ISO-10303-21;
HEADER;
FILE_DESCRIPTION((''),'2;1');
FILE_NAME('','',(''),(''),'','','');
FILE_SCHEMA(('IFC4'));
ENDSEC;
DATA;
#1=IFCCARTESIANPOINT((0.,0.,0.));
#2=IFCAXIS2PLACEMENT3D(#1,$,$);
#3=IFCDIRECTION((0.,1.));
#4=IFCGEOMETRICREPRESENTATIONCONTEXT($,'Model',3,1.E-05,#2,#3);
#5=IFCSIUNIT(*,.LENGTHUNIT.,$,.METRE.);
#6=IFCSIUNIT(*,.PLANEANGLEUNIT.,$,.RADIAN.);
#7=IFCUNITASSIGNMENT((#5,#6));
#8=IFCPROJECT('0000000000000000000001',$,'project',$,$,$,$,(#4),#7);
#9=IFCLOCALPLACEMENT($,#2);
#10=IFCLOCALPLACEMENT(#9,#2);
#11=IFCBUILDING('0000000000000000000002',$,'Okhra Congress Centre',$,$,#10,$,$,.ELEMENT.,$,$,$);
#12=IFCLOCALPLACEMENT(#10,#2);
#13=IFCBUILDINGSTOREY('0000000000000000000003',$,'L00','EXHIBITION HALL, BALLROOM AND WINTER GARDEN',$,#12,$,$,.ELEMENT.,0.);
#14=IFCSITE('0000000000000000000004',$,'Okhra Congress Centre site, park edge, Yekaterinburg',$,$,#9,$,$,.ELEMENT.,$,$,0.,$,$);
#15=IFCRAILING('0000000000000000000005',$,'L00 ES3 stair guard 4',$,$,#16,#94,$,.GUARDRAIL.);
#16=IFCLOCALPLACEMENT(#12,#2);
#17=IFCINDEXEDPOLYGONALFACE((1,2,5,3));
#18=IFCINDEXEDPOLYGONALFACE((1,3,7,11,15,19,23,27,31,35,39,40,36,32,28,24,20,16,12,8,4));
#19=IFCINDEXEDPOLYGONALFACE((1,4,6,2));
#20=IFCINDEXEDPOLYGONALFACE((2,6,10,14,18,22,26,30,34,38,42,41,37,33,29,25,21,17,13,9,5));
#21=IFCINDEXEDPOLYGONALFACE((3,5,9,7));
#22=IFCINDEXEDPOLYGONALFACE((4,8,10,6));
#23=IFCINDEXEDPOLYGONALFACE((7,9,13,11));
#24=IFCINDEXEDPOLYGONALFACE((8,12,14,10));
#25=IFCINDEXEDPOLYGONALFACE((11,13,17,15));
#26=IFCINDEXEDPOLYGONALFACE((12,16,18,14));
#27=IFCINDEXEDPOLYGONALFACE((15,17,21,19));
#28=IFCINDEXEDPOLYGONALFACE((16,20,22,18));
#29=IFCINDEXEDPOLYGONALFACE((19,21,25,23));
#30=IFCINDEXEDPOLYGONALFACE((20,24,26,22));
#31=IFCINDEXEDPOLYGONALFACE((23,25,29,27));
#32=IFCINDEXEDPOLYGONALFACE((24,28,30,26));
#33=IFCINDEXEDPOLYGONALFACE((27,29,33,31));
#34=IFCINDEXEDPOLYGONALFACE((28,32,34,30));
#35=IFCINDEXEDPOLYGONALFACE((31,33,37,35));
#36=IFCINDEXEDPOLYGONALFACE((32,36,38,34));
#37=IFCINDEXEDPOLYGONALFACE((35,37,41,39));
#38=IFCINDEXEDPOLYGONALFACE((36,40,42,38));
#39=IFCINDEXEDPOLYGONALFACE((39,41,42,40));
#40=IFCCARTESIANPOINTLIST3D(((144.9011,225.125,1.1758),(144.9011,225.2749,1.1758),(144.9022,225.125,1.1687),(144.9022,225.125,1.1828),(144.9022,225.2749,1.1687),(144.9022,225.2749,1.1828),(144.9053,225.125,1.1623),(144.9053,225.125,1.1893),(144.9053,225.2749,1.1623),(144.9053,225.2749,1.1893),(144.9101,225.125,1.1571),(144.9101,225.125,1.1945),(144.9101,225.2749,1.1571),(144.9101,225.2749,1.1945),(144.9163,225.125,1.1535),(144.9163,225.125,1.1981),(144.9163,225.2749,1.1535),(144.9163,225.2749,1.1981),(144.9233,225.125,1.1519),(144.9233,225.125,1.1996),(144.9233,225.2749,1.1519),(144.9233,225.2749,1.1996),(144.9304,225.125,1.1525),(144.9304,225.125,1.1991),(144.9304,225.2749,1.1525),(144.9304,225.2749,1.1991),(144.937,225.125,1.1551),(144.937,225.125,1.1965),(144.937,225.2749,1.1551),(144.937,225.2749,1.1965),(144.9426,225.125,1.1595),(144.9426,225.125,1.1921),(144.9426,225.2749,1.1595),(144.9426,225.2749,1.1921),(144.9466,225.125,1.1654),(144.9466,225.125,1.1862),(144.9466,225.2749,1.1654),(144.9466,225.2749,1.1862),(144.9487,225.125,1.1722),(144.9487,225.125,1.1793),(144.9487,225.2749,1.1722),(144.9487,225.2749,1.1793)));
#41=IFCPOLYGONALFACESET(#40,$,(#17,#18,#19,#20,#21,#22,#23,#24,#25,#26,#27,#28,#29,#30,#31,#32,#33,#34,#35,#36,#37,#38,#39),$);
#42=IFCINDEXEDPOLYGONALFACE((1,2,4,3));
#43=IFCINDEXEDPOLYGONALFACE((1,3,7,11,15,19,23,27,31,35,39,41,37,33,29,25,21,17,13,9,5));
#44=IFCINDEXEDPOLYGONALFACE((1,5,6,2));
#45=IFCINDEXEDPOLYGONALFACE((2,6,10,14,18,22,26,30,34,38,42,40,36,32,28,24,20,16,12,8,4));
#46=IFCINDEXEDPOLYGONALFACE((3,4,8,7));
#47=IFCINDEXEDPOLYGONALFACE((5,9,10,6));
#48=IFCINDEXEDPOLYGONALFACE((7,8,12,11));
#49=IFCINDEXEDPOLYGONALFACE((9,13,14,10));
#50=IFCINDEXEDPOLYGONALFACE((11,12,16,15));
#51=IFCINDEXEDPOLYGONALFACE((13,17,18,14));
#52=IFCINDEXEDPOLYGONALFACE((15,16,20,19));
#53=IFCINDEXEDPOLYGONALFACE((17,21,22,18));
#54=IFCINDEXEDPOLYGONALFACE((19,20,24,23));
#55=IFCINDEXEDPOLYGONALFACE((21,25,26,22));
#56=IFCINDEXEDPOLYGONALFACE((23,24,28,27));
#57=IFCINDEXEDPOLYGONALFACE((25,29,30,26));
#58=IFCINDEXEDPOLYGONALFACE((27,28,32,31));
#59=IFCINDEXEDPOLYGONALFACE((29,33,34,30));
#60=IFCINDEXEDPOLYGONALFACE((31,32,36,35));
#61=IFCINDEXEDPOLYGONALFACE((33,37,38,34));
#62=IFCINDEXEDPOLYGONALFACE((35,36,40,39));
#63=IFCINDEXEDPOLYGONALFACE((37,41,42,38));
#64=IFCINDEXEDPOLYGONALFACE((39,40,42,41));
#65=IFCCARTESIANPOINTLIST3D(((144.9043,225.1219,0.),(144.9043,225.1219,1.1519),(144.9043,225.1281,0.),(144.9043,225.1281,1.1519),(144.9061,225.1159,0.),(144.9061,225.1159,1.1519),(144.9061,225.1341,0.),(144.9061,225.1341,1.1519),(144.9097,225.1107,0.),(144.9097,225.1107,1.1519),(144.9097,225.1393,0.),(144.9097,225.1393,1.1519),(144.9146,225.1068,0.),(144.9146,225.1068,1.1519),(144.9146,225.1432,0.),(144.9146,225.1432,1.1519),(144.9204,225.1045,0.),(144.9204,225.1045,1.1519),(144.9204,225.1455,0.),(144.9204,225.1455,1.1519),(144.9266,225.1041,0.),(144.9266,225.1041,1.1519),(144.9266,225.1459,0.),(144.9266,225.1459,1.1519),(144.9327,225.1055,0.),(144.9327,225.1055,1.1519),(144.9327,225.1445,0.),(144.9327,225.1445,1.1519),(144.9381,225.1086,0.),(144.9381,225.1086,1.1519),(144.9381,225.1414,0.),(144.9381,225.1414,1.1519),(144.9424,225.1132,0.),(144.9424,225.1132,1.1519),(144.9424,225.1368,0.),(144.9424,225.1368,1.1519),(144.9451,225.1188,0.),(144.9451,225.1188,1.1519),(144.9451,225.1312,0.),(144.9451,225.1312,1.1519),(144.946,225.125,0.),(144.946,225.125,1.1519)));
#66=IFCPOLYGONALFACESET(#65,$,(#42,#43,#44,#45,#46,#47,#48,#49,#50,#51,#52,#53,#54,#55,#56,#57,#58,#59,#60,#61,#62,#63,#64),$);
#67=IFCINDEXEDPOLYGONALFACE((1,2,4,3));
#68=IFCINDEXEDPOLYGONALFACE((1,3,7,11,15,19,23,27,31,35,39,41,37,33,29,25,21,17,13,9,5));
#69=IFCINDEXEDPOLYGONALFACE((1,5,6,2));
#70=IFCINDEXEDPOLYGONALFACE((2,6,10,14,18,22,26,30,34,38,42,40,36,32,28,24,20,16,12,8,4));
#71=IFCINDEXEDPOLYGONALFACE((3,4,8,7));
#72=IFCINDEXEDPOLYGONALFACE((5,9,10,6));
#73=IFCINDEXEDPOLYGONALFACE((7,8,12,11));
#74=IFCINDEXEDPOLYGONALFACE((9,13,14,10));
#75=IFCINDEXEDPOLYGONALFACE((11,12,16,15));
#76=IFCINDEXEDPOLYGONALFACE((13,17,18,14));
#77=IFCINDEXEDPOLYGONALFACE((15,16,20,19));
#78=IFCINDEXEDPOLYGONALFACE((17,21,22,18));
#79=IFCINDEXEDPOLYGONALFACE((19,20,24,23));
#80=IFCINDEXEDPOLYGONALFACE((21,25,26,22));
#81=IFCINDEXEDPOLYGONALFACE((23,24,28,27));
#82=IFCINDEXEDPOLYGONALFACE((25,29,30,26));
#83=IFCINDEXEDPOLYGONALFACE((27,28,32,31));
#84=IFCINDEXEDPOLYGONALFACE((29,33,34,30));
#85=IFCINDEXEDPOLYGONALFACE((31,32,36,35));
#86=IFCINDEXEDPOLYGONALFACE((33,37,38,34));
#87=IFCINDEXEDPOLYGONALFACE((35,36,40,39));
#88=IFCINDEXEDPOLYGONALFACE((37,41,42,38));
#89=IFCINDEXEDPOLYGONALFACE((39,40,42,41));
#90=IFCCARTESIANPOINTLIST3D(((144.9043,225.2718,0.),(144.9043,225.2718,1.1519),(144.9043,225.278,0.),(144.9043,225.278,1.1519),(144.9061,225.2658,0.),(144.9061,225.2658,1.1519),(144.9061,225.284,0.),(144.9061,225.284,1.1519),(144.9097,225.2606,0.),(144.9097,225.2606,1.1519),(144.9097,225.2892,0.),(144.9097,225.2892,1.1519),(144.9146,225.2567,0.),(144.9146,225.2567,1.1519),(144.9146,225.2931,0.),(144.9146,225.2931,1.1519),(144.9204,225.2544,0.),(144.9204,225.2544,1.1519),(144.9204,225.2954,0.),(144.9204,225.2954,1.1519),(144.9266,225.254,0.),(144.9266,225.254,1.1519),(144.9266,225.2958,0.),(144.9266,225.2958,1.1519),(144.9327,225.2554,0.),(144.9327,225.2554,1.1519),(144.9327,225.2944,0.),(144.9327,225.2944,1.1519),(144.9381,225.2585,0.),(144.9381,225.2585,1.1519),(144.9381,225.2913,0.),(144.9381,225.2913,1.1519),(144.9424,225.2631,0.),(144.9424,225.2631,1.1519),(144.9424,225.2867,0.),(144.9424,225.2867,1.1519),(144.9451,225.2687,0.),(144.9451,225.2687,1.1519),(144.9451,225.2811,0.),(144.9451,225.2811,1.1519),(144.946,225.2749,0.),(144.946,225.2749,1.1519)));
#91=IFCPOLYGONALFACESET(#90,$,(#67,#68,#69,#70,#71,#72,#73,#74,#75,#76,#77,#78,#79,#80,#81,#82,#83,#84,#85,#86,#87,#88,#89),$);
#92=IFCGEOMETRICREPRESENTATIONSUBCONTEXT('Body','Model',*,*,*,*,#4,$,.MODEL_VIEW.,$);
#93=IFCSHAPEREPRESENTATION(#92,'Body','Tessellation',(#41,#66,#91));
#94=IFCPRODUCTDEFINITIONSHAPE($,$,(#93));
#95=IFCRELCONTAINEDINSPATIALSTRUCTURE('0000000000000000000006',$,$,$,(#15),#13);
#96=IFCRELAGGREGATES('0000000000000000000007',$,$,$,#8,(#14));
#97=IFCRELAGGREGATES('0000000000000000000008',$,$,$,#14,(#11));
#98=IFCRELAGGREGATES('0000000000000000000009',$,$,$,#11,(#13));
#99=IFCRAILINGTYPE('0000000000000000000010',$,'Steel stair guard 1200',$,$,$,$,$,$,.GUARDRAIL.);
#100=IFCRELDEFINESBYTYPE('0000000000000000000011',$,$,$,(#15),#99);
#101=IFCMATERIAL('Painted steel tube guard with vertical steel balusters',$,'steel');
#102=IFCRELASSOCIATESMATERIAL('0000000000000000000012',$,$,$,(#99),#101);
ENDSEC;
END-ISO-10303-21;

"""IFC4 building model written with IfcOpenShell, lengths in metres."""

from ifc_helpers import new_model, si_unit, direction, frame, origin, origin_2d, place, context, subcontext, project, spatial, circle, extrude, material, type_object, element, save


model = new_model("IFC4")

# Units and contexts
model_context = context("Model", 3, precision=1e-05, world=origin(), true_north=direction((0.0, 1.0)))
body_context = subcontext(model_context, "Body", "Model", "MODEL_VIEW")
ifc_project = project(units=[si_unit("LENGTHUNIT", "METRE"), si_unit("PLANEANGLEUNIT", "RADIAN")], contexts=[model_context])

# Site, building, storey
site_placement = place(None, origin())
site = spatial("IfcSite", under=ifc_project, at=site_placement, Name="Okhra Congress Centre site, park edge, Yekaterinburg", CompositionType="ELEMENT", RefElevation=0.0)
building_placement = place(site_placement, origin())
building = spatial("IfcBuilding", under=site, at=building_placement, Name="Okhra Congress Centre", CompositionType="ELEMENT")
storey_placement = place(building_placement, origin())
storey = spatial("IfcBuildingStorey", under=building, at=storey_placement, Name="L00", Description="EXHIBITION HALL, BALLROOM AND WINTER GARDEN", CompositionType="ELEMENT", Elevation=0.0)

# Railing
ifc_material_1 = material(Name="Painted steel tube guard with vertical steel balusters", Category="steel")
railing_type_1 = type_object("IfcRailingType", Name="Steel stair guard 1200", PredefinedType="GUARDRAIL", material=ifc_material_1)
railing_1_placement = place(storey_placement, frame((144.925, 225.125, 0.0)))
element("IfcRailing", 1, at=railing_1_placement, inside=storey, type_object=railing_type_1, Name="L00 ES3 stair guard 4", PredefinedType="GUARDRAIL", context=body_context, shape_type="SweptSolid", body=[
    extrude(circle(Radius=0.0239, at=origin_2d()), frame((0.0, 0.0, 1.1758), z_axis=(0.0, 1.0, 0.0), x_axis=(-1.0, 0.0, 0.0)), (0.0, 0.0, 1.0), 0.1499),
    extrude(circle(Radius=0.021, at=origin_2d()), origin(), (0.0, 0.0, 1.0), 1.1519),
    extrude(circle(Radius=0.021, at=origin_2d()), frame((0.0, 0.1499, 0.0)), (0.0, 0.0, 1.0), 1.1519),
])

save(model, "model.ifc")
